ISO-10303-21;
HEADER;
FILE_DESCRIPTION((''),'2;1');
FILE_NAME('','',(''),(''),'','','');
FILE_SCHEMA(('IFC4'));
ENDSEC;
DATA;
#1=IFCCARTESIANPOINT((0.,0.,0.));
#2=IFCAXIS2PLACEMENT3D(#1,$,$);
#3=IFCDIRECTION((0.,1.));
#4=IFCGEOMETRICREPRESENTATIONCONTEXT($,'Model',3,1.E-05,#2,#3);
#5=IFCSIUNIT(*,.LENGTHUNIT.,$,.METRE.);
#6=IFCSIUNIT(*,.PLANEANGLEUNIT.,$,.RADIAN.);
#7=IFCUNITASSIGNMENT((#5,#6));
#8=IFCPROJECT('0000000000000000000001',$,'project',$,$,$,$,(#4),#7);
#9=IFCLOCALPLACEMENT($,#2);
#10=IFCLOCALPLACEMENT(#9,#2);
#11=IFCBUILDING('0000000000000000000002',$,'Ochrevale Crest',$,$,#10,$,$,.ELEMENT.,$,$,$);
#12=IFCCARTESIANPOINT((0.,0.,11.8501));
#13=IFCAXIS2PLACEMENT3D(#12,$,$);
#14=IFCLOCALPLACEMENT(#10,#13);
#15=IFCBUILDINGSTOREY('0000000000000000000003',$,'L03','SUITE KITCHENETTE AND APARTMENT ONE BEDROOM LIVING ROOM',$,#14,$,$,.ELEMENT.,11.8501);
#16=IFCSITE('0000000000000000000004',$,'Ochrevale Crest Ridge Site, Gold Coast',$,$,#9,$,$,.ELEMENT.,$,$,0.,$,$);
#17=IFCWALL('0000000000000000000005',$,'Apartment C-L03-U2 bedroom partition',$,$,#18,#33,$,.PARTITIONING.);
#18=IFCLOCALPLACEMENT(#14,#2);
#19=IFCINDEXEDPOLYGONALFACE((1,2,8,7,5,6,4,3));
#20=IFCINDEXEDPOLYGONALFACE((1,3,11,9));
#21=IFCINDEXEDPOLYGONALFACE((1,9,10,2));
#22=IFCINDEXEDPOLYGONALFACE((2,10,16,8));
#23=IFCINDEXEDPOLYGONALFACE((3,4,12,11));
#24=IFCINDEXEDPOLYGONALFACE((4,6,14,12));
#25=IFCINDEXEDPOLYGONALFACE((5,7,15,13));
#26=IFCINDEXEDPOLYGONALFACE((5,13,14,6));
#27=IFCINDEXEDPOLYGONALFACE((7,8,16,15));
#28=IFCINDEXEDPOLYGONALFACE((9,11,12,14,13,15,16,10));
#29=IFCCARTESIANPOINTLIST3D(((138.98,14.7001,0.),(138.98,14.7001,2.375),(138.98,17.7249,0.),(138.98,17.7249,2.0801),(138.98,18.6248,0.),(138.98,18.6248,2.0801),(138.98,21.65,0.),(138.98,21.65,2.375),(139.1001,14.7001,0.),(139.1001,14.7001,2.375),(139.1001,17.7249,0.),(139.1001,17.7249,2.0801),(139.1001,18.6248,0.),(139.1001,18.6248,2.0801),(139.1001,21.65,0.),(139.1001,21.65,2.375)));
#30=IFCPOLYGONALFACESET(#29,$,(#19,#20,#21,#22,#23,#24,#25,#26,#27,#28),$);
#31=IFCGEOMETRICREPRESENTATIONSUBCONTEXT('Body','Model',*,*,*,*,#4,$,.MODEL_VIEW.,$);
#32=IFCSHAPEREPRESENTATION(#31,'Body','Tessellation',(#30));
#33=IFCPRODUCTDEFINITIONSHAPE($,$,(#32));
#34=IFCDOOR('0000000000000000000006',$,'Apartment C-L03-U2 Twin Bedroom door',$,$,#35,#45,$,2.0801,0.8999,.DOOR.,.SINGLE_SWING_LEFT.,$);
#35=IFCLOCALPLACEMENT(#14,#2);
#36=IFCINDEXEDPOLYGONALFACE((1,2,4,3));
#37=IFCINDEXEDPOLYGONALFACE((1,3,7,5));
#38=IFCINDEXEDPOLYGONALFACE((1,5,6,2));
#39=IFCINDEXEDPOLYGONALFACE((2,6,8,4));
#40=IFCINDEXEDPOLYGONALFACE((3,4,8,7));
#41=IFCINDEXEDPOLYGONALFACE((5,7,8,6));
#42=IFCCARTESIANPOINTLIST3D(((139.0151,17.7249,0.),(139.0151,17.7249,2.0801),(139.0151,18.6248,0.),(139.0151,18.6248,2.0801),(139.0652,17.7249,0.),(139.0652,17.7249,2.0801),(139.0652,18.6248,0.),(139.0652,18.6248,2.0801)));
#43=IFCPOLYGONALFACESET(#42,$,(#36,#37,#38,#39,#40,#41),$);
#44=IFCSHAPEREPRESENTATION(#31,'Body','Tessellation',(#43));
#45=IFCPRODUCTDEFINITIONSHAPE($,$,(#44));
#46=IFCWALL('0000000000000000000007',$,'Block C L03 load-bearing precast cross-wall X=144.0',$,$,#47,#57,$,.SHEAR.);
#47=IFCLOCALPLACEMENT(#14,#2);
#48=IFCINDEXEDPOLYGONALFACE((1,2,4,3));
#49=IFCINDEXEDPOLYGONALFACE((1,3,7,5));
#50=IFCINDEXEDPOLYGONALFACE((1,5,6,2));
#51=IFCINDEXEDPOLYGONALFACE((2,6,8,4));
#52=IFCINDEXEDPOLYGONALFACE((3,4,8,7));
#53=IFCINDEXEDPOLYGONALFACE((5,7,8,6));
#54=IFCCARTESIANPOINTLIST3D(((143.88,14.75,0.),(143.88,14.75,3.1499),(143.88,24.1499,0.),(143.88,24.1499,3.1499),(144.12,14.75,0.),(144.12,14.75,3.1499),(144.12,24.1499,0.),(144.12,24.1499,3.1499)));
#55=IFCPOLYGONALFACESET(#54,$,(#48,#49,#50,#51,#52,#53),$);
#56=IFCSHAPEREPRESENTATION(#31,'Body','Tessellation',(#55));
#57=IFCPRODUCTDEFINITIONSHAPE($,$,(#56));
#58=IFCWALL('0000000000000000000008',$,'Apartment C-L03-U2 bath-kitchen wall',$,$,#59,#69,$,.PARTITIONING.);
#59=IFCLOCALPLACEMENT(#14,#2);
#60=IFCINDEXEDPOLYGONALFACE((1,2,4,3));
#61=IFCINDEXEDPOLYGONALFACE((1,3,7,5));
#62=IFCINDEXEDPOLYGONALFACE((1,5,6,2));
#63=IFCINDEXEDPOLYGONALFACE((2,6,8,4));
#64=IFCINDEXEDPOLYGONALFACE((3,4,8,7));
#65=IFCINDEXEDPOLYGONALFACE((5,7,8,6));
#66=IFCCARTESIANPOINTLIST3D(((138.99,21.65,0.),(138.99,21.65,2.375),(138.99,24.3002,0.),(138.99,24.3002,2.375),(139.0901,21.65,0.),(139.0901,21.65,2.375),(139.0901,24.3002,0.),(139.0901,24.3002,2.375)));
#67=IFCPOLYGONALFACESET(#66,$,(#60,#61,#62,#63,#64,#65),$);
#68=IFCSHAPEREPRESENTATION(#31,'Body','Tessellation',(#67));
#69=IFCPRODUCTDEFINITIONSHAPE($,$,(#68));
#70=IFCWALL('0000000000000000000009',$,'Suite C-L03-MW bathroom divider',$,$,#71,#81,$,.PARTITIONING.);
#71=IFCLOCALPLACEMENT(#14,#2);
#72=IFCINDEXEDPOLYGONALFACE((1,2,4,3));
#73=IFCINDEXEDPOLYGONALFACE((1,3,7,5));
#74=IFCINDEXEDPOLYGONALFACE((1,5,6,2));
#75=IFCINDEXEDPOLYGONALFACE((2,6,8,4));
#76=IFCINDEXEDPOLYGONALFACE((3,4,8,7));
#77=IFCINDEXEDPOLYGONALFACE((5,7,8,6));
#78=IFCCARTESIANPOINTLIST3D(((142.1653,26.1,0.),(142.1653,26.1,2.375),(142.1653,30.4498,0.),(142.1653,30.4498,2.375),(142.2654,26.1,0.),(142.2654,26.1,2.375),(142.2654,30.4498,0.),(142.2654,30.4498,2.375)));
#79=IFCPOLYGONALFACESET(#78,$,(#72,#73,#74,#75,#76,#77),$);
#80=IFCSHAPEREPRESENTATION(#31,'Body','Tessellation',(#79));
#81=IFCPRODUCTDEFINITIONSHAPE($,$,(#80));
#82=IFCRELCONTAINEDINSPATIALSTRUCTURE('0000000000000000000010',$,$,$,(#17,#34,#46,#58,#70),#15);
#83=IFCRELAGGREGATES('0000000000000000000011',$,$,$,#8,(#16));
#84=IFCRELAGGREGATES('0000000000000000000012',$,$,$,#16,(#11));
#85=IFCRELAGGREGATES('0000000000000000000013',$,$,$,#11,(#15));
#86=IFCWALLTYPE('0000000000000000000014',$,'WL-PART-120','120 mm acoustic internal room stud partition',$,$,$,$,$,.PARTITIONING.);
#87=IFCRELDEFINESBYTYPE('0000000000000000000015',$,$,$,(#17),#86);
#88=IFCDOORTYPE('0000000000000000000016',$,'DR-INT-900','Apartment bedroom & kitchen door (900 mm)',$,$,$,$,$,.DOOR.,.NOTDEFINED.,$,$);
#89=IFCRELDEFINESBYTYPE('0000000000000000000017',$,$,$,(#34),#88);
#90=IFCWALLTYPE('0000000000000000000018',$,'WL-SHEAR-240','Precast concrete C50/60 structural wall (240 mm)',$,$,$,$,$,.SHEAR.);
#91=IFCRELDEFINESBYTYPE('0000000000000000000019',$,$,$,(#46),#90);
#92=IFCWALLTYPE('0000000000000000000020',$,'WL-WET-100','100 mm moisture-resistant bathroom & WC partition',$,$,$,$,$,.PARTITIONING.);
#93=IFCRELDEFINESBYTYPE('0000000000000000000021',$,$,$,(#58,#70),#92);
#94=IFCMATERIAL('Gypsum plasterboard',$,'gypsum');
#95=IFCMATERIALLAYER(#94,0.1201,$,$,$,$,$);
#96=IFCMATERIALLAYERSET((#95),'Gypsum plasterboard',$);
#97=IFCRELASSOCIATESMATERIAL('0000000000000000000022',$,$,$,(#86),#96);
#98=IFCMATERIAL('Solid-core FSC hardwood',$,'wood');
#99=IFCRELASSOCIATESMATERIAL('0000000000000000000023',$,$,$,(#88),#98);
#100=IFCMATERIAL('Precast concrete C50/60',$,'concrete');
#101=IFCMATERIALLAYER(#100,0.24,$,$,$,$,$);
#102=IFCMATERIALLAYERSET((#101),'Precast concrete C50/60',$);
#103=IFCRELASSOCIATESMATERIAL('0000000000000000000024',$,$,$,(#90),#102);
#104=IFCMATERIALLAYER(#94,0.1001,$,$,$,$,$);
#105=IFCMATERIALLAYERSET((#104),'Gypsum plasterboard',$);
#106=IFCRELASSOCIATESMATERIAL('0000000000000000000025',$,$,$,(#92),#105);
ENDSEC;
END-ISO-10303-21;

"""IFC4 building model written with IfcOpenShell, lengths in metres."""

from ifc_helpers import new_model, si_unit, direction, frame, frame_2d, origin, place, context, subcontext, project, spatial, rectangle, extrude, material, layer, layer_set, type_object, element, fill, save


model = new_model("IFC4")

# Units and contexts
model_context = context("Model", 3, precision=1e-05, world=origin(), true_north=direction((0.0, 1.0)))
body_context = subcontext(model_context, "Body", "Model", "MODEL_VIEW")
ifc_project = project(units=[si_unit("LENGTHUNIT", "METRE"), si_unit("PLANEANGLEUNIT", "RADIAN")], contexts=[model_context])

# Site, building, storey
site_placement = place(None, origin())
site = spatial("IfcSite", under=ifc_project, at=site_placement, Name="Ochrevale Crest Ridge Site, Gold Coast", CompositionType="ELEMENT", RefElevation=0.0)
building_placement = place(site_placement, origin())
building = spatial("IfcBuilding", under=site, at=building_placement, Name="Ochrevale Crest", CompositionType="ELEMENT")
storey_placement = place(building_placement, frame((0.0, 0.0, 11.8501)))
storey = spatial("IfcBuildingStorey", under=building, at=storey_placement, Name="L03", Description="SUITE KITCHENETTE AND APARTMENT ONE BEDROOM LIVING ROOM", CompositionType="ELEMENT", Elevation=11.8501)

# Shared definitions
ifc_material_1 = material(Name="Precast concrete C50/60", Category="concrete")

# Shared definitions
ifc_material_2 = material(Name="Gypsum plasterboard", Category="gypsum")
ifc_material_3 = material(Name="Solid-core FSC hardwood", Category="wood")

# Shared definitions
ifc_layer_1 = layer(ifc_material_2, 0.1201)
ifc_layer_set_1 = layer_set([ifc_layer_1], Name="Gypsum plasterboard")
wall_type_1 = type_object("IfcWallType", Name="WL-PART-120", Description="120 mm acoustic internal room stud partition", PredefinedType="PARTITIONING", material=ifc_layer_set_1)

# Wall, opening, door
wall_1_placement = place(storey_placement, frame((139.04, 14.7, 0.0), z_axis=(0.0, 0.0, 1.0), x_axis=(0.0, 1.0, 0.0)))
wall_1 = element("IfcWall", 1, at=wall_1_placement, inside=storey, type_object=wall_type_1, Name="Apartment C-L03-U2 bedroom partition", PredefinedType="PARTITIONING", context=body_context, shape_type="SweptSolid", body=[
    extrude(rectangle(XDim=6.95, YDim=0.1201, at=frame_2d((3.4751, 0.0))), origin(), (0.0, 0.0, 1.0), 2.375),
])
opening_1_placement = place(wall_1_placement, frame((3.0249, 0.0, 0.0)))
opening_1 = element("IfcOpeningElement", 2, at=opening_1_placement, cuts=wall_1, PredefinedType="OPENING", context=body_context, shape_type="SweptSolid", body=[
    extrude(rectangle(XDim=0.8999, YDim=2.0801, at=frame_2d((0.45, 1.04))), frame((0.0, 0.0701, 0.0), z_axis=(0.0, -1.0, 0.0), x_axis=(1.0, 0.0, 0.0)), (0.0, 0.0, 1.0), 0.1401),
])
door_type_1 = type_object("IfcDoorType", Name="DR-INT-900", Description="Apartment bedroom & kitchen door (900 mm)", OperationType="NOTDEFINED", PredefinedType="DOOR", material=ifc_material_3)
door_1_placement = place(opening_1_placement, origin())
door_1 = element("IfcDoor", 3, at=door_1_placement, inside=storey, type_object=door_type_1, Name="Apartment C-L03-U2 Twin Bedroom door", OperationType="SINGLE_SWING_LEFT", OverallHeight=2.0801, OverallWidth=0.8999, PredefinedType="DOOR", context=body_context, shape_type="SweptSolid", body=[
    extrude(rectangle(XDim=0.8999, YDim=2.0801, at=frame_2d((0.45, 1.04))), frame((0.0, 0.0249, 0.0), z_axis=(0.0, -1.0, 0.0), x_axis=(1.0, 0.0, 0.0)), (0.0, 0.0, 1.0), 0.05),
])
fill(opening_1, door_1)

# Walls
ifc_layer_2 = layer(ifc_material_1, 0.24)
ifc_layer_set_2 = layer_set([ifc_layer_2], Name="Precast concrete C50/60")
wall_type_2 = type_object("IfcWallType", Name="WL-SHEAR-240", Description="Precast concrete C50/60 structural wall (240 mm)", PredefinedType="SHEAR", material=ifc_layer_set_2)
wall_2_placement = place(storey_placement, frame((144.0, 14.75, 0.0), z_axis=(0.0, 0.0, 1.0), x_axis=(0.0, 1.0, 0.0)))
element("IfcWall", 4, at=wall_2_placement, inside=storey, type_object=wall_type_2, Name="Block C L03 load-bearing precast cross-wall X=144.0", PredefinedType="SHEAR", context=body_context, shape_type="SweptSolid", body=[
    extrude(rectangle(XDim=9.3999, YDim=0.24, at=frame_2d((4.7, 0.0))), origin(), (0.0, 0.0, 1.0), 3.1499),
])
ifc_layer_3 = layer(ifc_material_2, 0.1001)
ifc_layer_set_3 = layer_set([ifc_layer_3], Name="Gypsum plasterboard")
wall_type_3 = type_object("IfcWallType", Name="WL-WET-100", Description="100 mm moisture-resistant bathroom & WC partition", PredefinedType="PARTITIONING", material=ifc_layer_set_3)
wall_3_placement = place(storey_placement, frame((139.04, 21.6499, 0.0), z_axis=(0.0, 0.0, 1.0), x_axis=(0.0, 1.0, 0.0)))
element("IfcWall", 5, at=wall_3_placement, inside=storey, type_object=wall_type_3, Name="Apartment C-L03-U2 bath-kitchen wall", PredefinedType="PARTITIONING", context=body_context, shape_type="SweptSolid", body=[
    extrude(rectangle(XDim=2.6501, YDim=0.1001, at=frame_2d((1.3252, 0.0))), origin(), (0.0, 0.0, 1.0), 2.375),
])
wall_4_placement = place(storey_placement, frame((142.2153, 26.1001, 0.0), z_axis=(0.0, 0.0, 1.0), x_axis=(0.0, 1.0, 0.0)))
element("IfcWall", 6, at=wall_4_placement, inside=storey, type_object=wall_type_3, Name="Suite C-L03-MW bathroom divider", PredefinedType="PARTITIONING", context=body_context, shape_type="SweptSolid", body=[
    extrude(rectangle(XDim=4.3499, YDim=0.1001, at=frame_2d((2.1748, 0.0))), origin(), (0.0, 0.0, 1.0), 2.375),
])

save(model, "model.ifc")
